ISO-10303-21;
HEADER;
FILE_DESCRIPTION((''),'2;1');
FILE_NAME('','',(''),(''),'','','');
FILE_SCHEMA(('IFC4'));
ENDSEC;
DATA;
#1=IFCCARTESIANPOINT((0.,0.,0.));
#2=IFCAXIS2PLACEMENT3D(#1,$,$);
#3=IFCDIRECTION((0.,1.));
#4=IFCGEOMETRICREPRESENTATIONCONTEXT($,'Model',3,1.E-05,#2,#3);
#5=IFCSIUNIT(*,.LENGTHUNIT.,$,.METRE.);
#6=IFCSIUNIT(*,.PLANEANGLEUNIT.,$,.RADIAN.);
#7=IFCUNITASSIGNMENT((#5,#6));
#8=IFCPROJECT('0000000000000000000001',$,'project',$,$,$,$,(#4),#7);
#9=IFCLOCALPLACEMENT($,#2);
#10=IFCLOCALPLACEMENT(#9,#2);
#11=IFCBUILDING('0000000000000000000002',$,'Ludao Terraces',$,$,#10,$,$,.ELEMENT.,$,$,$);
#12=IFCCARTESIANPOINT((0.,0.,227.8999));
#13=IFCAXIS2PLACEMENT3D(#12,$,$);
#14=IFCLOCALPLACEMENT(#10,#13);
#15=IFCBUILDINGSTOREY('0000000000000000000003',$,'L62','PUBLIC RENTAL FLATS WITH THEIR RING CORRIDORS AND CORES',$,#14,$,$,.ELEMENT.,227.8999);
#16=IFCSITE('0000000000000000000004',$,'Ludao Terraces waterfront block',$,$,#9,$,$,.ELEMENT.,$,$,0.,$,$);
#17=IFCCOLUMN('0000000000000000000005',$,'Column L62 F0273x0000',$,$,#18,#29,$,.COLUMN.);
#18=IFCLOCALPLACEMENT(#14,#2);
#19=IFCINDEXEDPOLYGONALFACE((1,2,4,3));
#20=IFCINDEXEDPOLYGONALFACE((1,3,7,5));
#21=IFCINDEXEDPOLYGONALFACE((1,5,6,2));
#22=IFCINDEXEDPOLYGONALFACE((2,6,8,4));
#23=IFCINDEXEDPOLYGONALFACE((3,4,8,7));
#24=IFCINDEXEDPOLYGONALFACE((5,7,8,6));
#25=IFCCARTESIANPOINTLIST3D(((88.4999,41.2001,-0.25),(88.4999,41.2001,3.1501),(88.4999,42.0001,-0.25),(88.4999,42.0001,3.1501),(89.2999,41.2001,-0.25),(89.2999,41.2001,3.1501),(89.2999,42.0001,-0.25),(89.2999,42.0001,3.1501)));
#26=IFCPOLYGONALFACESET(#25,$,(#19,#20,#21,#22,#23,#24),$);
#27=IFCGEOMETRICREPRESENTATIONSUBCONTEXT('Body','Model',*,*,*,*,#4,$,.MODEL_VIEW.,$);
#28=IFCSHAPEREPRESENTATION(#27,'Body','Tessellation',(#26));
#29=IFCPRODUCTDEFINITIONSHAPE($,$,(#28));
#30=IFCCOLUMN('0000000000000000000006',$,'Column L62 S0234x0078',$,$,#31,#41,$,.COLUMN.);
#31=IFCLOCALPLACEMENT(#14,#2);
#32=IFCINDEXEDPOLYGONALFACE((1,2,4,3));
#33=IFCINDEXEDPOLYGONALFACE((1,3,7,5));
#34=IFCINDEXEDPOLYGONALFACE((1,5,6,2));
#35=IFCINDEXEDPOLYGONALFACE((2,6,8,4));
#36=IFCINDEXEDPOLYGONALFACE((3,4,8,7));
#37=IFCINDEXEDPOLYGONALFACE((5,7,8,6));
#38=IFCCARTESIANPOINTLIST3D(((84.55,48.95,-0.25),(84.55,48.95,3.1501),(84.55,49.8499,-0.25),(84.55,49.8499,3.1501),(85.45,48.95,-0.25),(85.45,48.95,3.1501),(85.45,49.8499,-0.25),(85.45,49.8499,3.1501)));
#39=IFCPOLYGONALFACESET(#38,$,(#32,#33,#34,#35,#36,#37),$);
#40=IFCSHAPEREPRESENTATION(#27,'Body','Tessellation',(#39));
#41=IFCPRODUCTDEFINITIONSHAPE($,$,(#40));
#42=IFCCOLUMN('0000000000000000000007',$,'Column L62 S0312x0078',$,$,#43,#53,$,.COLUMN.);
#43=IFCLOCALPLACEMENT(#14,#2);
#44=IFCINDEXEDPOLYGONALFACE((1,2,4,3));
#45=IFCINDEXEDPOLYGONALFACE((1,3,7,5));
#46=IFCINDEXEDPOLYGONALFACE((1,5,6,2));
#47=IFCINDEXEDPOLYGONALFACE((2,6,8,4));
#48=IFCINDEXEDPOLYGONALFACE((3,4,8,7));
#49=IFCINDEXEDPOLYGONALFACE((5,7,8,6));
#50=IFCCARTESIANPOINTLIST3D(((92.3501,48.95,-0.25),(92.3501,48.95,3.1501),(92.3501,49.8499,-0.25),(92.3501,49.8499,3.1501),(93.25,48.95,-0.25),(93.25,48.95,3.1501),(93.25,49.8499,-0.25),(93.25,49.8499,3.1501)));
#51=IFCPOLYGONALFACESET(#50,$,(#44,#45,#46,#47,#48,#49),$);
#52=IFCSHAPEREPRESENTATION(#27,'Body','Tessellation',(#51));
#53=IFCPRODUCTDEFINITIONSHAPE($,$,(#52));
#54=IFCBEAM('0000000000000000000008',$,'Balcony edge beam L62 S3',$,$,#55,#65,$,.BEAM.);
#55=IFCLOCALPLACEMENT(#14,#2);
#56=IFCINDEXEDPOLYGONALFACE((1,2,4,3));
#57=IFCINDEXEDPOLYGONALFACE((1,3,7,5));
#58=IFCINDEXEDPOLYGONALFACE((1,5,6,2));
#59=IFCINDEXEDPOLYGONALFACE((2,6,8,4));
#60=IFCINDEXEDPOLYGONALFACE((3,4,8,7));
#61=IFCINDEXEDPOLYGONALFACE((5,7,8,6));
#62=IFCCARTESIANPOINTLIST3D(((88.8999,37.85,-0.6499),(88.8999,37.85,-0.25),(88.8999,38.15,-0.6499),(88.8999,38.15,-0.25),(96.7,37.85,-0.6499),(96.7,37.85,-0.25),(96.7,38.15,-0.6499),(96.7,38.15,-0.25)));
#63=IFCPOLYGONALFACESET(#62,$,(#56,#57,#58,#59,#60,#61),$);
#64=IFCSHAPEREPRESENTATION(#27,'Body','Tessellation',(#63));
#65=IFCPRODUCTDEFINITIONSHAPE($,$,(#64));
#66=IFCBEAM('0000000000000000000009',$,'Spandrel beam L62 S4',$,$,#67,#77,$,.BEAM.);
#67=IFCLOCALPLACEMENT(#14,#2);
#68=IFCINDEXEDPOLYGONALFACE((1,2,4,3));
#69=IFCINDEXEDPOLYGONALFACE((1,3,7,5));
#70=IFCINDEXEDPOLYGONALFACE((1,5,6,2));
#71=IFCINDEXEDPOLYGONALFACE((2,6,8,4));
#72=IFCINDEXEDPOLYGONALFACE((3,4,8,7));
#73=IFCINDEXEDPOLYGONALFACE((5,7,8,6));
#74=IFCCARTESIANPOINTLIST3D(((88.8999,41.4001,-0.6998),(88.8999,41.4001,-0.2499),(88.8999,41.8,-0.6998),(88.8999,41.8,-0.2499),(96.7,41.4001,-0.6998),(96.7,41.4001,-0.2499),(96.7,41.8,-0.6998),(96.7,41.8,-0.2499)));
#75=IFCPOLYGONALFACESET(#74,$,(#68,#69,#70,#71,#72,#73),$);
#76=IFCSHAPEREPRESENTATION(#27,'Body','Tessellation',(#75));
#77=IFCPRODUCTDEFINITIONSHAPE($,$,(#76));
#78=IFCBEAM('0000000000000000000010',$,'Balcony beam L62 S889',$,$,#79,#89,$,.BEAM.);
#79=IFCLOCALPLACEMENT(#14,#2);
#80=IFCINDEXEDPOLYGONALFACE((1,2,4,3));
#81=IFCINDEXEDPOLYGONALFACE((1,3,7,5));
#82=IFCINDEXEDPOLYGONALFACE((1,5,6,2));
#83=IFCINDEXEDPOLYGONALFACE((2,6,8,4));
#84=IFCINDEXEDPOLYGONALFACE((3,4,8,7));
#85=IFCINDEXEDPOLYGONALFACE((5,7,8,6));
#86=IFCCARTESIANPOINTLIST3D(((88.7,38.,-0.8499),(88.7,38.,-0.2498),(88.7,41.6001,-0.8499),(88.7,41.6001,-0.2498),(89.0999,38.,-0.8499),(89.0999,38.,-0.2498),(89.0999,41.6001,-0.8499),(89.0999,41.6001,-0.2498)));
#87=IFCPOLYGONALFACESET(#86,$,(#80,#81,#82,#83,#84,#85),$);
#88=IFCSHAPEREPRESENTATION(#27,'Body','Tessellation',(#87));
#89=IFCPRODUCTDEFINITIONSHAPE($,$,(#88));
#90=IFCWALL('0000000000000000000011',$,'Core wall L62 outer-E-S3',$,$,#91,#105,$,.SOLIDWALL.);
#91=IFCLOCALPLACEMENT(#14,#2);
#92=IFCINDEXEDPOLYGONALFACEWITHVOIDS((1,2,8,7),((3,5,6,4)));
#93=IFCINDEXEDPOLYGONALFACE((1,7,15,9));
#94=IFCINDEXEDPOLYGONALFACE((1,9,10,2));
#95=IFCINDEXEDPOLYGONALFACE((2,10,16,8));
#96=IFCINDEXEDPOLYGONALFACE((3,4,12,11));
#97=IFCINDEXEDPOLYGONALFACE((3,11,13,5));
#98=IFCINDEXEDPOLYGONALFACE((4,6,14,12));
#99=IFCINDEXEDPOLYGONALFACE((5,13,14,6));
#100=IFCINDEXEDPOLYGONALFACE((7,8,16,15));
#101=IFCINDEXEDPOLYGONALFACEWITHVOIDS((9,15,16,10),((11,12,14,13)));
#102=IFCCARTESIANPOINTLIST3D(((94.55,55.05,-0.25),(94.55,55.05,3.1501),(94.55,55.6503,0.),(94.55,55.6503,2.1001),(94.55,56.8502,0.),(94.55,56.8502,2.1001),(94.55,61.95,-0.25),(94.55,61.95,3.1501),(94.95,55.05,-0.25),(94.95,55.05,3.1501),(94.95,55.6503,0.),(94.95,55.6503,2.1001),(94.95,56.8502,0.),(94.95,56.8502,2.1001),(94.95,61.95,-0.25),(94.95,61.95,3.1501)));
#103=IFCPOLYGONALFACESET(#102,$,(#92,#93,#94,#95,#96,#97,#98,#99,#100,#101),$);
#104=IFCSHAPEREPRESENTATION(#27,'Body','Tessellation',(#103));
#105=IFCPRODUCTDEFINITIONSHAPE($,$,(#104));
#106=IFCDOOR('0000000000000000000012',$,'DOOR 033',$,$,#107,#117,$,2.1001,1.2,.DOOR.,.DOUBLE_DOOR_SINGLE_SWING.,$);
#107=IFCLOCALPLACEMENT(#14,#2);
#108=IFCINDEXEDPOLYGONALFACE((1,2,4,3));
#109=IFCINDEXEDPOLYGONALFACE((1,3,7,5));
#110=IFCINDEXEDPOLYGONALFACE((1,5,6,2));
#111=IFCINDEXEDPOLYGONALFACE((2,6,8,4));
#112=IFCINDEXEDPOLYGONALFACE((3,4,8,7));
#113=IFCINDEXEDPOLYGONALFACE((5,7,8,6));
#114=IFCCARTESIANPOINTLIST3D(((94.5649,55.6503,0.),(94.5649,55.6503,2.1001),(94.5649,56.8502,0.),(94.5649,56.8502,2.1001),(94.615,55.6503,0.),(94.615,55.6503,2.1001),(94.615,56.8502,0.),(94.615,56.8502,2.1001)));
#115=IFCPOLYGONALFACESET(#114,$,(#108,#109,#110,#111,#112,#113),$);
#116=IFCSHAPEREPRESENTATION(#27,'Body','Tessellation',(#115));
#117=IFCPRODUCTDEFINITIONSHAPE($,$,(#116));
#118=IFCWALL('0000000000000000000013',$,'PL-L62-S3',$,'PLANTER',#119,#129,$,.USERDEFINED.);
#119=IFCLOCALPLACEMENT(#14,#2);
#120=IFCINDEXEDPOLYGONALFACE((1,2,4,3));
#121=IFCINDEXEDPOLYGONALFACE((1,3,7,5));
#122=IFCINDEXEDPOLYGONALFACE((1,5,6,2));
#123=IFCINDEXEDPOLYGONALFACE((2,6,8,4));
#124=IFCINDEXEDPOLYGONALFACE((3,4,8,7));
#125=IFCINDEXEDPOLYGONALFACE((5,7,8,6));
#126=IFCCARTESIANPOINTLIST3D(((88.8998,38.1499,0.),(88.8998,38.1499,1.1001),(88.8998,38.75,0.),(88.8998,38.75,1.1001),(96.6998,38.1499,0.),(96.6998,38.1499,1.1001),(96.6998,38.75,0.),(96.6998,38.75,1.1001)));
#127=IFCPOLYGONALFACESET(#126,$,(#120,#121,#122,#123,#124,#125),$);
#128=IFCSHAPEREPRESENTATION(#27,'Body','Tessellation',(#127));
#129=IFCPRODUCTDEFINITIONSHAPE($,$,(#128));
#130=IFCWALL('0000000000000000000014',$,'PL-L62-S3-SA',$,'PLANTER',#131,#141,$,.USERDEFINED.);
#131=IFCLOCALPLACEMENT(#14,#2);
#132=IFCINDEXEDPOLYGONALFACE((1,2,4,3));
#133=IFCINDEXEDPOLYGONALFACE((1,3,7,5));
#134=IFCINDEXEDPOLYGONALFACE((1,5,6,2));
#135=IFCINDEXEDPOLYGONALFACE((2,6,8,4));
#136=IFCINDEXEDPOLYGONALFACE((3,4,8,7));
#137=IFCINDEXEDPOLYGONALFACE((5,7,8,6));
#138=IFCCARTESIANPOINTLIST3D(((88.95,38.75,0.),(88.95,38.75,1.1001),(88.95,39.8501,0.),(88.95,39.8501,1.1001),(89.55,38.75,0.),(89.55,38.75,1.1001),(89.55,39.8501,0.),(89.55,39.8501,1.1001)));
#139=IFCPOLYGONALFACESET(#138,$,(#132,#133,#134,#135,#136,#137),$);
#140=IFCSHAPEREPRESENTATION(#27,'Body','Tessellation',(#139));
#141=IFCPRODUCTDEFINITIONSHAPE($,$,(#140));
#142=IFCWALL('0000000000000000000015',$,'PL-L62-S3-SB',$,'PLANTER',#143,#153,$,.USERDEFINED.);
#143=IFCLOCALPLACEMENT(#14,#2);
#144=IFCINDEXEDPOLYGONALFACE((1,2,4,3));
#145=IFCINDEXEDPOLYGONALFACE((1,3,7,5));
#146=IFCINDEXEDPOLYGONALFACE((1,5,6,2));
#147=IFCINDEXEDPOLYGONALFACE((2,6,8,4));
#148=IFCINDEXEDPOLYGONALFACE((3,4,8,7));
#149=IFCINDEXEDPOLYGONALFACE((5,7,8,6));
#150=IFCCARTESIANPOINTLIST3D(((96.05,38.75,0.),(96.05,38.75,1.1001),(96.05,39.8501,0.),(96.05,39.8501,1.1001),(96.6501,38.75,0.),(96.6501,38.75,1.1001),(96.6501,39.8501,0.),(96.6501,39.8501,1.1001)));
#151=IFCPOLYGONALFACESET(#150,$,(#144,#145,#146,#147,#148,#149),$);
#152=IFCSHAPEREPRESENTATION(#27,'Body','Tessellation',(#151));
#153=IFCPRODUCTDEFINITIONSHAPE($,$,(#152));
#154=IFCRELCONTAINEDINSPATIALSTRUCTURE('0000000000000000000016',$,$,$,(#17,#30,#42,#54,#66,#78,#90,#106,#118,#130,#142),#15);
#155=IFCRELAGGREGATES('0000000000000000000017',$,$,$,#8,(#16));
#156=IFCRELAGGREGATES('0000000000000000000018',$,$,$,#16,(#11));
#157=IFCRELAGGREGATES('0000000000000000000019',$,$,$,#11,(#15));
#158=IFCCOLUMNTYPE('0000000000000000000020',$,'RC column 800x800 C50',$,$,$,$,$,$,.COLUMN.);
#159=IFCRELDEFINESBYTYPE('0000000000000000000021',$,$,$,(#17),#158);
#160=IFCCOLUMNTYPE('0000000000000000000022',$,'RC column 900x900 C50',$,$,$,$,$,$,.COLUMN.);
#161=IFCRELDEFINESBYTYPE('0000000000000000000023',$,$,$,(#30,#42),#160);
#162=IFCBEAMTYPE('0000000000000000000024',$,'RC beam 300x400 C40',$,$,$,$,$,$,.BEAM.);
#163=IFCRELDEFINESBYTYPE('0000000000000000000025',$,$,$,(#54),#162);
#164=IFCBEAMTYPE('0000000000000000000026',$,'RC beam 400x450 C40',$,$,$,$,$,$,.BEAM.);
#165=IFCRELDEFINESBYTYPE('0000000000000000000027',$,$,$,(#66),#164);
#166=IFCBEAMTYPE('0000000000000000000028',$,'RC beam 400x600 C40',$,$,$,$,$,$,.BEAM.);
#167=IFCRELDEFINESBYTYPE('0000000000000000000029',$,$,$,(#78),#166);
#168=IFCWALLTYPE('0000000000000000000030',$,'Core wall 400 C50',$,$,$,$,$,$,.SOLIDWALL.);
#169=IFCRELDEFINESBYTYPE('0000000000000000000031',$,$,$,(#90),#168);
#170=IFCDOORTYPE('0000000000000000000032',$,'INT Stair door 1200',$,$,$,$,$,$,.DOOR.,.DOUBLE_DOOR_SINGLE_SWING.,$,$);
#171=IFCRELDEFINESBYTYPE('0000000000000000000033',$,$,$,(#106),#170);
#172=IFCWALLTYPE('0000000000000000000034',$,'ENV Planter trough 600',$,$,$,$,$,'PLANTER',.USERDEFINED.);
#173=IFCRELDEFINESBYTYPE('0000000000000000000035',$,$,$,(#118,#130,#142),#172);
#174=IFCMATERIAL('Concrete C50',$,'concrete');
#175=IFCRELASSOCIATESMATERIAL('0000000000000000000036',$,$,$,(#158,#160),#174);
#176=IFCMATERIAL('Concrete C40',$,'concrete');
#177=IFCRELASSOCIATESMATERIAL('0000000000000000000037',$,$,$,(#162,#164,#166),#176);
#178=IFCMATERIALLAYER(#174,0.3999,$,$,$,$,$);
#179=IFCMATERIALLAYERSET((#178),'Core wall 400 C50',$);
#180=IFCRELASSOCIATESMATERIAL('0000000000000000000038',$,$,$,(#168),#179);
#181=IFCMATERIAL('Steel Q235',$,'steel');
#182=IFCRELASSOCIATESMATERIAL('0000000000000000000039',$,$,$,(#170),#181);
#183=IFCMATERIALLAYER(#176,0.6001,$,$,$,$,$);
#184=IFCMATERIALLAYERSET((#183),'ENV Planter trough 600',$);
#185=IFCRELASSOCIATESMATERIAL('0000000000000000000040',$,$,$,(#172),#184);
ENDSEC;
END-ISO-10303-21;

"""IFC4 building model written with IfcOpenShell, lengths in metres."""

from ifc_helpers import new_model, si_unit, direction, frame, frame_2d, origin, origin_2d, place, context, subcontext, project, spatial, rectangle, extrude, material, layer, layer_set, material_profile, profile_set, type_object, element, fill, save


model = new_model("IFC4")

# Units and contexts
model_context = context("Model", 3, precision=1e-05, world=origin(), true_north=direction((0.0, 1.0)))
body_context = subcontext(model_context, "Body", "Model", "MODEL_VIEW")
ifc_project = project(units=[si_unit("LENGTHUNIT", "METRE"), si_unit("PLANEANGLEUNIT", "RADIAN")], contexts=[model_context])

# Site, building, storey
site_placement = place(None, origin())
site = spatial("IfcSite", under=ifc_project, at=site_placement, Name="Ludao Terraces waterfront block", CompositionType="ELEMENT", RefElevation=0.0)
building_placement = place(site_placement, origin())
building = spatial("IfcBuilding", under=site, at=building_placement, Name="Ludao Terraces", CompositionType="ELEMENT")
storey_placement = place(building_placement, frame((0.0, 0.0, 227.8999)))
storey = spatial("IfcBuildingStorey", under=building, at=storey_placement, Name="L62", Description="PUBLIC RENTAL FLATS WITH THEIR RING CORRIDORS AND CORES", CompositionType="ELEMENT", Elevation=227.8999)

# Columns
ifc_material_1 = material(Name="Concrete C50", Category="concrete")
ifc_material_profile_1 = material_profile(ifc_material_1, rectangle(XDim=0.8, YDim=0.8, at=origin_2d()), Name="800 X 800")
ifc_profile_set_1 = profile_set([ifc_material_profile_1], Name="Concrete C50")
column_type_1 = type_object("IfcColumnType", Name="RC column 800x800 C50", PredefinedType="COLUMN", material=ifc_profile_set_1)
column_placement = place(storey_placement, frame((88.8999, 41.6001, -0.25), z_axis=(0.0, 0.0, 1.0), x_axis=(1.0, 0.0, 0.0)))
element("IfcColumn", 1, at=column_placement, inside=storey, type_object=column_type_1, Name="Column L62 F0273x0000", PredefinedType="COLUMN", context=body_context, shape_type="SweptSolid", body=[
    extrude(rectangle(XDim=0.8, YDim=0.8, at=origin_2d()), origin(), (0.0, 0.0, 1.0), 3.4001),
])
ifc_material_profile_2 = material_profile(ifc_material_1, rectangle(XDim=0.8999, YDim=0.8999, at=origin_2d()), Name="900 X 900")
ifc_profile_set_2 = profile_set([ifc_material_profile_2], Name="Concrete C50")
column_type_2 = type_object("IfcColumnType", Name="RC column 900x900 C50", PredefinedType="COLUMN", material=ifc_profile_set_2)
for number, where, z_axis, x_axis, name in (
    (2, (85.0, 49.3999, -0.25), (0.0, 0.0, 1.0), (1.0, 0.0, 0.0), "Column L62 S0234x0078"),
    (3, (92.8, 49.3999, -0.25), (0.0, 0.0, 1.0), (1.0, 0.0, 0.0), "Column L62 S0312x0078"),
):
    element("IfcColumn", number, at=place(storey_placement, frame(where, z_axis=z_axis, x_axis=x_axis)), inside=storey, type_object=column_type_2, Name=name, PredefinedType="COLUMN", context=body_context, shape_type="SweptSolid", body=[
        extrude(rectangle(XDim=0.8999, YDim=0.8999, at=origin_2d()), origin(), (0.0, 0.0, 1.0), 3.4001),
    ])

# Beams
ifc_material_2 = material(Name="Concrete C40", Category="concrete")
ifc_material_profile_3 = material_profile(ifc_material_2, rectangle(XDim=0.3, YDim=0.3999, at=origin_2d()), Name="300 X 400")
ifc_profile_set_3 = profile_set([ifc_material_profile_3], Name="Concrete C40")
beam_type_1 = type_object("IfcBeamType", Name="RC beam 300x400 C40", PredefinedType="BEAM", material=ifc_profile_set_3)
beam_1_placement = place(storey_placement, frame((88.8999, 38.0, -0.45), z_axis=(1.0, 0.0, 0.0), x_axis=(0.0, 1.0, 0.0)))
element("IfcBeam", 4, at=beam_1_placement, inside=storey, type_object=beam_type_1, Name="Balcony edge beam L62 S3", PredefinedType="BEAM", context=body_context, shape_type="SweptSolid", body=[
    extrude(rectangle(XDim=0.3, YDim=0.3999, at=origin_2d()), origin(), (0.0, 0.0, 1.0), 7.8),
])
ifc_material_profile_4 = material_profile(ifc_material_2, rectangle(XDim=0.3999, YDim=0.45, at=origin_2d()), Name="400 X 450")
ifc_profile_set_4 = profile_set([ifc_material_profile_4], Name="Concrete C40")
beam_type_2 = type_object("IfcBeamType", Name="RC beam 400x450 C40", PredefinedType="BEAM", material=ifc_profile_set_4)
beam_2_placement = place(storey_placement, frame((88.8999, 41.6001, -0.4749), z_axis=(1.0, 0.0, 0.0), x_axis=(0.0, 1.0, 0.0)))
element("IfcBeam", 5, at=beam_2_placement, inside=storey, type_object=beam_type_2, Name="Spandrel beam L62 S4", PredefinedType="BEAM", context=body_context, shape_type="SweptSolid", body=[
    extrude(rectangle(XDim=0.3999, YDim=0.45, at=origin_2d()), origin(), (0.0, 0.0, 1.0), 7.8),
])
ifc_material_profile_5 = material_profile(ifc_material_2, rectangle(XDim=0.3999, YDim=0.6001, at=origin_2d()), Name="400 X 600")
ifc_profile_set_5 = profile_set([ifc_material_profile_5], Name="Concrete C40")
beam_type_3 = type_object("IfcBeamType", Name="RC beam 400x600 C40", PredefinedType="BEAM", material=ifc_profile_set_5)
beam_3_placement = place(storey_placement, frame((88.8999, 41.6001, -0.5498), z_axis=(0.0, -1.0, 0.0), x_axis=(1.0, 0.0, 0.0)))
element("IfcBeam", 6, at=beam_3_placement, inside=storey, type_object=beam_type_3, Name="Balcony beam L62 S889", PredefinedType="BEAM", context=body_context, shape_type="SweptSolid", body=[
    extrude(rectangle(XDim=0.3999, YDim=0.6001, at=origin_2d()), origin(), (0.0, 0.0, 1.0), 3.6001),
])

# Wall, opening, door
ifc_layer_1 = layer(ifc_material_1, 0.3999)
ifc_layer_set_1 = layer_set([ifc_layer_1], Name="Core wall 400 C50")
wall_type_1 = type_object("IfcWallType", Name="Core wall 400 C50", PredefinedType="SOLIDWALL", material=ifc_layer_set_1)
wall_1_placement = place(storey_placement, frame((94.75, 55.05, -0.25), z_axis=(0.0, 0.0, 1.0), x_axis=(0.0, 1.0, 0.0)))
wall_1 = element("IfcWall", 7, at=wall_1_placement, inside=storey, type_object=wall_type_1, Name="Core wall L62 outer-E-S3", PredefinedType="SOLIDWALL", context=body_context, shape_type="SweptSolid", body=[
    extrude(rectangle(XDim=6.8999, YDim=0.3999, at=frame_2d((3.45, 0.0))), origin(), (0.0, 0.0, 1.0), 3.4001),
])
opening_1_placement = place(wall_1_placement, frame((0.6001, 0.0, 0.25)))
opening_1 = element("IfcOpeningElement", 8, at=opening_1_placement, cuts=wall_1, PredefinedType="OPENING", context=body_context, shape_type="SweptSolid", body=[
    extrude(rectangle(XDim=1.2, YDim=2.1001, at=frame_2d((0.6001, 1.05))), frame((0.0, 0.21, 0.0), z_axis=(0.0, -1.0, 0.0), x_axis=(1.0, 0.0, 0.0)), (0.0, 0.0, 1.0), 0.4199),
])
ifc_material_3 = material(Name="Steel Q235", Category="steel")
door_type_1 = type_object("IfcDoorType", Name="INT Stair door 1200", OperationType="DOUBLE_DOOR_SINGLE_SWING", PredefinedType="DOOR", material=ifc_material_3)
door_1_placement = place(opening_1_placement, origin())
door_1 = element("IfcDoor", 9, at=door_1_placement, inside=storey, type_object=door_type_1, Name="DOOR 033", OperationType="DOUBLE_DOOR_SINGLE_SWING", OverallHeight=2.1001, OverallWidth=1.2, PredefinedType="DOOR", context=body_context, shape_type="SweptSolid", body=[
    extrude(rectangle(XDim=1.2, YDim=2.1001, at=frame_2d((0.6001, 1.05))), frame((0.0, 0.1851, 0.0), z_axis=(0.0, -1.0, 0.0), x_axis=(1.0, 0.0, 0.0)), (0.0, 0.0, 1.0), 0.05),
])
fill(opening_1, door_1)

# Walls
ifc_layer_2 = layer(ifc_material_2, 0.6001)
ifc_layer_set_2 = layer_set([ifc_layer_2], Name="ENV Planter trough 600")
wall_type_2 = type_object("IfcWallType", Name="ENV Planter trough 600", ElementType="PLANTER", PredefinedType="USERDEFINED", material=ifc_layer_set_2)
wall_2_placement = place(storey_placement, frame((88.8999, 38.45, 0.0), z_axis=(0.0, 0.0, 1.0), x_axis=(1.0, 0.0, 0.0)))
element("IfcWall", 10, at=wall_2_placement, inside=storey, type_object=wall_type_2, Name="PL-L62-S3", ObjectType="PLANTER", PredefinedType="USERDEFINED", context=body_context, shape_type="SweptSolid", body=[
    extrude(rectangle(XDim=7.8, YDim=0.6001, at=frame_2d((3.8999, 0.0))), origin(), (0.0, 0.0, 1.0), 1.1001),
])
for number, where, z_axis, x_axis, name in (
    (11, (89.25, 38.75, 0.0), (0.0, 0.0, 1.0), (0.0, 1.0, 0.0), "PL-L62-S3-SA"),
    (12, (96.3501, 38.75, 0.0), (0.0, 0.0, 1.0), (0.0, 1.0, 0.0), "PL-L62-S3-SB"),
):
    element("IfcWall", number, at=place(storey_placement, frame(where, z_axis=z_axis, x_axis=x_axis)), inside=storey, type_object=wall_type_2, Name=name, ObjectType="PLANTER", PredefinedType="USERDEFINED", context=body_context, shape_type="SweptSolid", body=[
        extrude(rectangle(XDim=1.1001, YDim=0.6001, at=frame_2d((0.55, 0.0))), origin(), (0.0, 0.0, 1.0), 1.1001),
    ])

save(model, "model.ifc")
